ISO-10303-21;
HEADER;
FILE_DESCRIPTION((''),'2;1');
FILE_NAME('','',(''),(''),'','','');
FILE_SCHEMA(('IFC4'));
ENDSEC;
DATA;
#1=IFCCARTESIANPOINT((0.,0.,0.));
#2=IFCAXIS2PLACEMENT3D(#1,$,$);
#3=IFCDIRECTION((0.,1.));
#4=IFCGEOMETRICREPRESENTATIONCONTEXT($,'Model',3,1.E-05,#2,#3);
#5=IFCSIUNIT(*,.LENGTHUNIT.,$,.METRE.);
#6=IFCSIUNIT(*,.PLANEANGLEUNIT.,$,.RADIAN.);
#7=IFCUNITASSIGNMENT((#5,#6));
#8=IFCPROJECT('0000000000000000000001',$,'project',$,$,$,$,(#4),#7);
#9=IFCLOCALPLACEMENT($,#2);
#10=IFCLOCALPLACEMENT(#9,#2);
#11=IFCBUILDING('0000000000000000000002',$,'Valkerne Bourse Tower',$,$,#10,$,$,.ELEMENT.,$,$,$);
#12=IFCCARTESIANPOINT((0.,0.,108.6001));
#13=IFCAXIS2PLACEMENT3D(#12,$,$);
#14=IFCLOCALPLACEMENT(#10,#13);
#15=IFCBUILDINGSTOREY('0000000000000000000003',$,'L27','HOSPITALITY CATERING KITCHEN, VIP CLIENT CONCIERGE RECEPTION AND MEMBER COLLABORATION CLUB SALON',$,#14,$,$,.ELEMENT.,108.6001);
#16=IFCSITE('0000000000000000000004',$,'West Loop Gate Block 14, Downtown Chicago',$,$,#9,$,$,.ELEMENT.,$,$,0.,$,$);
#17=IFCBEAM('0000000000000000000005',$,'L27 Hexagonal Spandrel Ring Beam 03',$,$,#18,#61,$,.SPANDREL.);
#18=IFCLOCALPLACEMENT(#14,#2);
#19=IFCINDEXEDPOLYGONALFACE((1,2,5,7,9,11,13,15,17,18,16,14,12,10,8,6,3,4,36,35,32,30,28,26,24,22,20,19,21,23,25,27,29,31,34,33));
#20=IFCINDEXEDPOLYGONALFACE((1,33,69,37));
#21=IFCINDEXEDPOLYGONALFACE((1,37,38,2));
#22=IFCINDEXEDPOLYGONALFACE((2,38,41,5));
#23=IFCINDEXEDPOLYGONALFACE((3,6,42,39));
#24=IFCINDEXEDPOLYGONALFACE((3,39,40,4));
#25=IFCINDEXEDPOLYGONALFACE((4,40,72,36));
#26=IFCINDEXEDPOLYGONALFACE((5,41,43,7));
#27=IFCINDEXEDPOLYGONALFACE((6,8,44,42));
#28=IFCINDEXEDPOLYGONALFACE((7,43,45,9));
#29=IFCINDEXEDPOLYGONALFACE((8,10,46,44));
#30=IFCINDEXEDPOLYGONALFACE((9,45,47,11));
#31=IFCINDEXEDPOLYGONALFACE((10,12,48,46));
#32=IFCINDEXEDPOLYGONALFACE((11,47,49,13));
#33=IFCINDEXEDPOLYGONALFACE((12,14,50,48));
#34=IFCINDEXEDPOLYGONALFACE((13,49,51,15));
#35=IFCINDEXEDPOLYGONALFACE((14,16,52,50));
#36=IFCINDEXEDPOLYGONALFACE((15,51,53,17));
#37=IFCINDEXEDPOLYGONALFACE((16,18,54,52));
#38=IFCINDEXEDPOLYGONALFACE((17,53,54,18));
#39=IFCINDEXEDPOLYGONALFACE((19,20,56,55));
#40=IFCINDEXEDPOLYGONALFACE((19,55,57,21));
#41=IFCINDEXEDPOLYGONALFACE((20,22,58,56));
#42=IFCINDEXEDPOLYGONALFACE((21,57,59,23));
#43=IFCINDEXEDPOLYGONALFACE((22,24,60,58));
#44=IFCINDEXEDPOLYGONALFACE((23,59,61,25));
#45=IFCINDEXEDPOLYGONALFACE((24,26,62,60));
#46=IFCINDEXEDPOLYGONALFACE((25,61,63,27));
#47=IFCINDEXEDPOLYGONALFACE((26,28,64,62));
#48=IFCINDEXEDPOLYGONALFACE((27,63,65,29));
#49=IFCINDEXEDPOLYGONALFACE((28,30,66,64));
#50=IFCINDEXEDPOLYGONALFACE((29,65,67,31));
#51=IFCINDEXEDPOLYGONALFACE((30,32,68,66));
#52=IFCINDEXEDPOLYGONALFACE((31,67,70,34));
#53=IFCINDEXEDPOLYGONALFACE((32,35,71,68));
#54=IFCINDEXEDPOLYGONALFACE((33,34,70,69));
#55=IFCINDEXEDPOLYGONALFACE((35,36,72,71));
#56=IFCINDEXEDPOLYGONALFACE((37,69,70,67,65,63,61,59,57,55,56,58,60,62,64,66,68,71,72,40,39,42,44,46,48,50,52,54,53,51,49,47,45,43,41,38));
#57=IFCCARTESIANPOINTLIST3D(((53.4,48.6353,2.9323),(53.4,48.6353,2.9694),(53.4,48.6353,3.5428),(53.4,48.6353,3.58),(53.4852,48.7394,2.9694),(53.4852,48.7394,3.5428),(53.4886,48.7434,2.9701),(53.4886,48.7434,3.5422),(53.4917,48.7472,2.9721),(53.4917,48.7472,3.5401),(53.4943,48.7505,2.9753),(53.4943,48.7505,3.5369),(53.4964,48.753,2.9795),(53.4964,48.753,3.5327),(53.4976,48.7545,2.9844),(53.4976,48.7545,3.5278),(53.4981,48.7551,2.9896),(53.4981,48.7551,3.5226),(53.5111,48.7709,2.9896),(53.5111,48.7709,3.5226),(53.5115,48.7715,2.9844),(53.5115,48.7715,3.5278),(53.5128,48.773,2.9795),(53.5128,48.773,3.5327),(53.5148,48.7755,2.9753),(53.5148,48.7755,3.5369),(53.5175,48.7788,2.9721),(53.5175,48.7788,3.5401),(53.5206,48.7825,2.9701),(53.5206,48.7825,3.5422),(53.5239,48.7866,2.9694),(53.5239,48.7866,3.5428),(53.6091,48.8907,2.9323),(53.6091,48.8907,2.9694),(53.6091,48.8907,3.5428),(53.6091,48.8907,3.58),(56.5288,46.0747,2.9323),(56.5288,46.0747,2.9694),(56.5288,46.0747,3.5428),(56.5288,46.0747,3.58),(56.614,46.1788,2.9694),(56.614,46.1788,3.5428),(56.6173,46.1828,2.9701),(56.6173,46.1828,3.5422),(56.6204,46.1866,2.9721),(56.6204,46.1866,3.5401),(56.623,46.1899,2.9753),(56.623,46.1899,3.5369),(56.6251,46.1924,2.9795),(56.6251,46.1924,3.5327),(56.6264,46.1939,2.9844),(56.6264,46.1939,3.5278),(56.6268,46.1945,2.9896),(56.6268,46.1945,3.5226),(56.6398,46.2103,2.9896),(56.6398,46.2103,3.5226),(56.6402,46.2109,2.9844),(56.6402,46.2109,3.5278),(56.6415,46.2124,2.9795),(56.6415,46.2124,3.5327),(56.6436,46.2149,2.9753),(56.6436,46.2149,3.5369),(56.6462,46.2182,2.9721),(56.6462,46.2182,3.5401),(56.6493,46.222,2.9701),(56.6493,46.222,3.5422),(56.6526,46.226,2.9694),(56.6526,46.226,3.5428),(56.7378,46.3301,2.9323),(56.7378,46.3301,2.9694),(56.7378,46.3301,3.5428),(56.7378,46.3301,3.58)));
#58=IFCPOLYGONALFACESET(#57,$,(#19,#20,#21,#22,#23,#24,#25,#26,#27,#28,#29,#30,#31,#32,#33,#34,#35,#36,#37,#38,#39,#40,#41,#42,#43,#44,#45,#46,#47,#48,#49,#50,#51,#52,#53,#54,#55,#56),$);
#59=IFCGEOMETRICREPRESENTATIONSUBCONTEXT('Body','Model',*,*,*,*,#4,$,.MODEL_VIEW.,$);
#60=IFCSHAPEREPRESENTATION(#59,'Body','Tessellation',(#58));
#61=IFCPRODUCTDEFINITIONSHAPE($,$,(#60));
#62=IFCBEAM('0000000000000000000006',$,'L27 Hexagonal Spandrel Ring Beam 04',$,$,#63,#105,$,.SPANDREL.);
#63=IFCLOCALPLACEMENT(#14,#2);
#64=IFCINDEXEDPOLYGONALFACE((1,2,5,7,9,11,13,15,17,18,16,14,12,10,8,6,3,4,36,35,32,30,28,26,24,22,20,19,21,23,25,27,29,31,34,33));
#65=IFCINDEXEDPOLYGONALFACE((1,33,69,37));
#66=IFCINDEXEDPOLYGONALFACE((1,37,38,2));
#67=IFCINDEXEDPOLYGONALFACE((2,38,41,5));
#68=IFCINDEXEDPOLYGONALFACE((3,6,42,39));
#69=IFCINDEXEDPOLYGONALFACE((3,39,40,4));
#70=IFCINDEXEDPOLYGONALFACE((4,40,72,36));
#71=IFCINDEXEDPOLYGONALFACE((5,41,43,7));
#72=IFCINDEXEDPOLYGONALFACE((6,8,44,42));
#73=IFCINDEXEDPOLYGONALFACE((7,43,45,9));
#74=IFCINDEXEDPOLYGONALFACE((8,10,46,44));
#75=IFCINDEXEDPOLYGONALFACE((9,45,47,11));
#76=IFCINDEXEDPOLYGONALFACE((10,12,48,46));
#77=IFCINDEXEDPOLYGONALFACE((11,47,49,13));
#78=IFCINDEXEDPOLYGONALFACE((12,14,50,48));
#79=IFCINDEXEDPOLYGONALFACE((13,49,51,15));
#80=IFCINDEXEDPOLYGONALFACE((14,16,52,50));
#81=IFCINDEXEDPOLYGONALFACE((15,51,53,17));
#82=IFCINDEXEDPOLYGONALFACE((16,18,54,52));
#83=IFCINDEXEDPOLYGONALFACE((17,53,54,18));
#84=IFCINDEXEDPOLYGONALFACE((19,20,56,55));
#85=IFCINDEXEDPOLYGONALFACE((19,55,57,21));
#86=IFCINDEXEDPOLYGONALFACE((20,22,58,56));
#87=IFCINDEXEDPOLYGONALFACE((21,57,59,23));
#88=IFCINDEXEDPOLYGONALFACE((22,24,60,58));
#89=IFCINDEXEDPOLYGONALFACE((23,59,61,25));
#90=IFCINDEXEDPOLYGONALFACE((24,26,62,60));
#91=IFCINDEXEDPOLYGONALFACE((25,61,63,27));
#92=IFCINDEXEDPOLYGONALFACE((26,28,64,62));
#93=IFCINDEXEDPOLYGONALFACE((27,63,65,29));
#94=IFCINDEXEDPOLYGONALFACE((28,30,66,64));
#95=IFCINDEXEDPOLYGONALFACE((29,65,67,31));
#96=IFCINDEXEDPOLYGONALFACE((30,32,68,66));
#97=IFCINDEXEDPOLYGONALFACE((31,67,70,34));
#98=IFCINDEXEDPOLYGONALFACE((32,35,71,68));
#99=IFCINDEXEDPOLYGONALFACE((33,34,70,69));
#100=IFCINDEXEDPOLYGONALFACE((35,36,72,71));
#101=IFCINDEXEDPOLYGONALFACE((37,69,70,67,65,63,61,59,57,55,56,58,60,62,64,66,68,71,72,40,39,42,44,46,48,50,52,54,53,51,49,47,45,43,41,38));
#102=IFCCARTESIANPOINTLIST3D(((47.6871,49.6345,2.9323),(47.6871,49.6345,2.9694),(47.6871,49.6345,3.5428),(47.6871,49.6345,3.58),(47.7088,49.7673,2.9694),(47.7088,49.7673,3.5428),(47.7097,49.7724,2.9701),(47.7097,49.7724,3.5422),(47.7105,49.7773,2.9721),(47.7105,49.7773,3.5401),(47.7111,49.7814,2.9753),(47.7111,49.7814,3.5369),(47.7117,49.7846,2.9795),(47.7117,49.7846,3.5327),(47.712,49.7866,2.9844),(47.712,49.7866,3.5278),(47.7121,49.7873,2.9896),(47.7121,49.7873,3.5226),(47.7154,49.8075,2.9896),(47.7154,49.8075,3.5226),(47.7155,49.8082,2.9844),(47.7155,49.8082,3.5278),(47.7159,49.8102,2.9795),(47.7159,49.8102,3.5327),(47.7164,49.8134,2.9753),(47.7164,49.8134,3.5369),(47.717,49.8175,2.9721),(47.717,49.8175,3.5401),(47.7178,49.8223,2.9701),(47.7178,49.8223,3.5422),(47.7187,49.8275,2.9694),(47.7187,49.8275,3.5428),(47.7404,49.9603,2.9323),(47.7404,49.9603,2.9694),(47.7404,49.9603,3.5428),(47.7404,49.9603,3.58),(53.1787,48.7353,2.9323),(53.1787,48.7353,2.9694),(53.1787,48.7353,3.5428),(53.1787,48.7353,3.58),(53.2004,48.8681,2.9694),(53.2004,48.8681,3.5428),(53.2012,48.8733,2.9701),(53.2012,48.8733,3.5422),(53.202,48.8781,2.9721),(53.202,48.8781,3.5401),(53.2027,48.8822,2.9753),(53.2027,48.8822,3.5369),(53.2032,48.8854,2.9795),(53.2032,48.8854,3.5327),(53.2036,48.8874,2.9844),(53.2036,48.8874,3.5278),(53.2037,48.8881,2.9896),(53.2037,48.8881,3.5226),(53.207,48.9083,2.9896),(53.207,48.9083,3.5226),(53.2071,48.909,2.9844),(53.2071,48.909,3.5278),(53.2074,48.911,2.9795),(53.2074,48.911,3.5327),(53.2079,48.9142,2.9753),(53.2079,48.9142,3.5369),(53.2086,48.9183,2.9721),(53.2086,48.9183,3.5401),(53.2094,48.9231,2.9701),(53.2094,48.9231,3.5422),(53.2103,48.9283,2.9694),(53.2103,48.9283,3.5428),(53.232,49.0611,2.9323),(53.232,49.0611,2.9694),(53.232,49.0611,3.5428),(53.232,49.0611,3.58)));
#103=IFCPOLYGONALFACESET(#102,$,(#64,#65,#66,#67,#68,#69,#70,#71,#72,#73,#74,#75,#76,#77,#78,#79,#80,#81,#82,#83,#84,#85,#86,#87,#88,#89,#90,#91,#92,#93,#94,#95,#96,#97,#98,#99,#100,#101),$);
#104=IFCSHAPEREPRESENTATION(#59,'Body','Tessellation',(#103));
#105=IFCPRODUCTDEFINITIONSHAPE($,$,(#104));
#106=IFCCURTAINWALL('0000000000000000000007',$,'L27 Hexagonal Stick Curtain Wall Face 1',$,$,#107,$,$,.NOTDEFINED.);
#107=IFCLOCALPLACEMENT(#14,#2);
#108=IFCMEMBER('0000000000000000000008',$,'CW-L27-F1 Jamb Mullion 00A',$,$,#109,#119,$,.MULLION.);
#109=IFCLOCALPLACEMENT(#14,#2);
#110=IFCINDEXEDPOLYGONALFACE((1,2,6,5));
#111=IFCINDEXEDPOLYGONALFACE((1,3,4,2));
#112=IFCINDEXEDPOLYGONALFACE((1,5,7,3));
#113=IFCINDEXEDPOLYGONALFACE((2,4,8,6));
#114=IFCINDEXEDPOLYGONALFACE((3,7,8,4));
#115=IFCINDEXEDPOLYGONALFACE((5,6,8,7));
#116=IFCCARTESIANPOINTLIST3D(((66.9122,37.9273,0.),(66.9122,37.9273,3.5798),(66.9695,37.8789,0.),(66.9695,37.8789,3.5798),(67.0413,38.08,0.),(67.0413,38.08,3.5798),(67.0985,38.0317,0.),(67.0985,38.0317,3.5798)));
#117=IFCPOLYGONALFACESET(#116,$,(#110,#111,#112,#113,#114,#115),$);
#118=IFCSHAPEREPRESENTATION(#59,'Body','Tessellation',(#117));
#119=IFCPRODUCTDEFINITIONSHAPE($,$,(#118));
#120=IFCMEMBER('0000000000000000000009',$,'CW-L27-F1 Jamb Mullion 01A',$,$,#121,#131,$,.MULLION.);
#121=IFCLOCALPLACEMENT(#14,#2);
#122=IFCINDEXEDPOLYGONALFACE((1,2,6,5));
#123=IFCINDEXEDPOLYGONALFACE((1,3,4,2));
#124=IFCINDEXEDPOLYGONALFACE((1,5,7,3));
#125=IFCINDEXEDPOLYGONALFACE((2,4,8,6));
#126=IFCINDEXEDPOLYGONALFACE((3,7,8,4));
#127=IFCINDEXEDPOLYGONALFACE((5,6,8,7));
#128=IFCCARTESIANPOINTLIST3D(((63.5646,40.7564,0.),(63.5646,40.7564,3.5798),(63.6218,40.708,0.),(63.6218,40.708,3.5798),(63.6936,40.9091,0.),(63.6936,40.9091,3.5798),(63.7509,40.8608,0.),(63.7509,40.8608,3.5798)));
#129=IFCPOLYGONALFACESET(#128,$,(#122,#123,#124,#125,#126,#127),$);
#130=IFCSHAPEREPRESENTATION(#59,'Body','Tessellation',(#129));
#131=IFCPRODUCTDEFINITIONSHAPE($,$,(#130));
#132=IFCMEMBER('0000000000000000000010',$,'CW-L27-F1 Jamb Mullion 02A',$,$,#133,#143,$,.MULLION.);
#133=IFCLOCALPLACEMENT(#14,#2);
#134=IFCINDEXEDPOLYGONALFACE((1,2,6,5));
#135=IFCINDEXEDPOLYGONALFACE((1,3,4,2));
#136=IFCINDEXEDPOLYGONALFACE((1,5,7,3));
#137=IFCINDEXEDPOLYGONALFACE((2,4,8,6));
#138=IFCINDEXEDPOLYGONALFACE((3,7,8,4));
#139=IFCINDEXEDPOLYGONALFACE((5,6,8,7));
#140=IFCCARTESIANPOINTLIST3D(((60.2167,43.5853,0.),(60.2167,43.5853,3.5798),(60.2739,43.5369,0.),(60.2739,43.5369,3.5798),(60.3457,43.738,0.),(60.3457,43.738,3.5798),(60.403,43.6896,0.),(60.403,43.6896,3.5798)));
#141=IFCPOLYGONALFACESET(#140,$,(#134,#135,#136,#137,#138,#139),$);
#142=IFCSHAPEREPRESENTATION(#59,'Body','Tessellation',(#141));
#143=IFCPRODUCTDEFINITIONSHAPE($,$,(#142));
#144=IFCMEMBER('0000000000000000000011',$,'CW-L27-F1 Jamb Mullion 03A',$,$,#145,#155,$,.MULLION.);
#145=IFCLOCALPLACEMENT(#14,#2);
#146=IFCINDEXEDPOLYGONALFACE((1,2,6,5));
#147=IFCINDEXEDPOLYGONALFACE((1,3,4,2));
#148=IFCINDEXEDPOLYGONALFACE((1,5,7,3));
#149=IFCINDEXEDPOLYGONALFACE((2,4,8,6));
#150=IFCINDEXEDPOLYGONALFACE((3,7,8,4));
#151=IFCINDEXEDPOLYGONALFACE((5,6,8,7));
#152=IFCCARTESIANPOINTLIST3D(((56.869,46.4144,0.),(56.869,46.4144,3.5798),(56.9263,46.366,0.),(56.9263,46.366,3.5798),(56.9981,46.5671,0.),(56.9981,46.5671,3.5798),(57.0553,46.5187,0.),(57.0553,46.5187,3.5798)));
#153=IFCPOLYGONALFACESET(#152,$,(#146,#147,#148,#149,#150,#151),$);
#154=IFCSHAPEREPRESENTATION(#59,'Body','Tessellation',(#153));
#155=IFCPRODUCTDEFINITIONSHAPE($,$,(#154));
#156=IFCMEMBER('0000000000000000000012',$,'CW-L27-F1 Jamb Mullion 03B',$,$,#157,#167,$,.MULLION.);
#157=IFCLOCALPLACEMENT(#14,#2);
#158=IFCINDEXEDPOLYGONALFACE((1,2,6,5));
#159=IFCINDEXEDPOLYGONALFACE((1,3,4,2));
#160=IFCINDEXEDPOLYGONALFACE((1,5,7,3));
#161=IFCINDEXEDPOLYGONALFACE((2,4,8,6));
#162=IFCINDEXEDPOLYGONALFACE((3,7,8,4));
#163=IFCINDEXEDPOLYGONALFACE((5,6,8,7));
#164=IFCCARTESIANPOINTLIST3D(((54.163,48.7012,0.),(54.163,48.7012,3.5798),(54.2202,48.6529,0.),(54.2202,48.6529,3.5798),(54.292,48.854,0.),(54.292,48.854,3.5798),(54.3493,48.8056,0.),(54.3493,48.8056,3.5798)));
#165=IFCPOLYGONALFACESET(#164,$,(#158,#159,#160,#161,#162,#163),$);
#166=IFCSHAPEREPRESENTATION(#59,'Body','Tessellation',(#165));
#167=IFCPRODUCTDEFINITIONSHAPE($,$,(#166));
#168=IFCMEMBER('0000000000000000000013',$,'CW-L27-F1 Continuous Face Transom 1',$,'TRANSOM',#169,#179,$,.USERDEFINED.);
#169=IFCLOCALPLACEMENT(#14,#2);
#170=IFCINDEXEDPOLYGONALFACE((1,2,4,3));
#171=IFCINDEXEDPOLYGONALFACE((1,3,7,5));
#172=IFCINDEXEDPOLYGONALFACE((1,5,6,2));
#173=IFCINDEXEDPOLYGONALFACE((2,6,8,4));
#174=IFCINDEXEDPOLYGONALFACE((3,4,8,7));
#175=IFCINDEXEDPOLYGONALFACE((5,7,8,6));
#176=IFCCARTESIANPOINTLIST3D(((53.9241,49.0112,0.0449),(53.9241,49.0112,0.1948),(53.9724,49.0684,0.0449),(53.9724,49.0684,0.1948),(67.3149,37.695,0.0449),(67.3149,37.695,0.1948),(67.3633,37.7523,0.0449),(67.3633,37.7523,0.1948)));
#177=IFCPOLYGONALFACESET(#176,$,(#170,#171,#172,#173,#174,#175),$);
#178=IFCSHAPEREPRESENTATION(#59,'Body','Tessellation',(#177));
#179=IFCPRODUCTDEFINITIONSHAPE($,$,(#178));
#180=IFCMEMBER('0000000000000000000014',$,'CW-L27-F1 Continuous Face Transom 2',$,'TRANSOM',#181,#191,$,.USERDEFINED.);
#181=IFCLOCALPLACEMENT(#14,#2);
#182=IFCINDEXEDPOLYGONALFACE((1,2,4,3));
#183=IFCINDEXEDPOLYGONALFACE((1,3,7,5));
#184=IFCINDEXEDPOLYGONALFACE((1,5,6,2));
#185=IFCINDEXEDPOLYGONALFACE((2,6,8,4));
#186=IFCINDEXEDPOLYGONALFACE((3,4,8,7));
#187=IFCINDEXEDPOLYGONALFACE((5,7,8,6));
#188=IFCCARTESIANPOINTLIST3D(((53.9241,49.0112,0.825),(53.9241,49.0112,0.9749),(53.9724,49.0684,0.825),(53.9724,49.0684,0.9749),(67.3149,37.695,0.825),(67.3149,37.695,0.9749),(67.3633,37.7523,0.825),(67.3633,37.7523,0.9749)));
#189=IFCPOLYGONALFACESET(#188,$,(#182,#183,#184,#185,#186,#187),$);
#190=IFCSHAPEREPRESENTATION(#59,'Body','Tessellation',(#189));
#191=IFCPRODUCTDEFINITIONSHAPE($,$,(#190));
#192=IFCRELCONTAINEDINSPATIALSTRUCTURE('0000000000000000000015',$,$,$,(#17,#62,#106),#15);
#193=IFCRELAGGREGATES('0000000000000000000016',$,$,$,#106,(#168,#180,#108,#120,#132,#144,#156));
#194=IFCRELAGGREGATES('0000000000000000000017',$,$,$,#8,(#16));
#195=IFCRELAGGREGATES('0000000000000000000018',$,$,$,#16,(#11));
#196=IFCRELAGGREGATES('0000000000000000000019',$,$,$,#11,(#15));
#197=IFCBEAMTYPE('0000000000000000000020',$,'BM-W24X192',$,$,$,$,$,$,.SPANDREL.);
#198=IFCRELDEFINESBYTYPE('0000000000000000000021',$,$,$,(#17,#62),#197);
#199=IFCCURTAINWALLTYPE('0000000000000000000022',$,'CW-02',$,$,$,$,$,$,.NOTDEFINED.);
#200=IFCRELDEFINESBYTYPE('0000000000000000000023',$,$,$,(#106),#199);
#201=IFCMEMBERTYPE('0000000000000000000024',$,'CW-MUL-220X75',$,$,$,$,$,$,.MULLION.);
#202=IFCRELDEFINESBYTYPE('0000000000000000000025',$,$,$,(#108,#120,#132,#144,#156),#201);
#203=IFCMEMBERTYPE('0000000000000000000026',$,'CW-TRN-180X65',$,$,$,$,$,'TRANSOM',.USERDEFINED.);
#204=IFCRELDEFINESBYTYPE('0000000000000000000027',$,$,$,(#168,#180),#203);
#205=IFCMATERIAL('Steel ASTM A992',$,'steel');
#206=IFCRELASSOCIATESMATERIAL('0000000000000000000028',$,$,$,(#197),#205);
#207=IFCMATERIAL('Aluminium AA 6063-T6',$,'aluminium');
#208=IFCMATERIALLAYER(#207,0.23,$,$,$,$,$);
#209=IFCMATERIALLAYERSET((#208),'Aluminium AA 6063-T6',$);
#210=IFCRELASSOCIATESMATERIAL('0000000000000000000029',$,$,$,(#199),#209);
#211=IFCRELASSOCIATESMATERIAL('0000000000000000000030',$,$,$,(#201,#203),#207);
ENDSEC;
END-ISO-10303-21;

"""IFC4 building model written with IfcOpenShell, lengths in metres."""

from ifc_helpers import new_model, si_unit, direction, frame, origin, origin_2d, place, context, subcontext, project, spatial, rectangle, i_section, extrude, material, layer, layer_set, material_profile, profile_set, type_object, element, aggregate, save


model = new_model("IFC4")

# Units and contexts
model_context = context("Model", 3, precision=1e-05, world=origin(), true_north=direction((0.0, 1.0)))
body_context = subcontext(model_context, "Body", "Model", "MODEL_VIEW")
ifc_project = project(units=[si_unit("LENGTHUNIT", "METRE"), si_unit("PLANEANGLEUNIT", "RADIAN")], contexts=[model_context])

# Site, building, storey
site_placement = place(None, origin())
site = spatial("IfcSite", under=ifc_project, at=site_placement, Name="West Loop Gate Block 14, Downtown Chicago", CompositionType="ELEMENT", RefElevation=0.0)
building_placement = place(site_placement, origin())
building = spatial("IfcBuilding", under=site, at=building_placement, Name="Valkerne Bourse Tower", CompositionType="ELEMENT")
storey_placement = place(building_placement, frame((0.0, 0.0, 108.6001)))
storey = spatial("IfcBuildingStorey", under=building, at=storey_placement, Name="L27", Description="HOSPITALITY CATERING KITCHEN, VIP CLIENT CONCIERGE RECEPTION AND MEMBER COLLABORATION CLUB SALON", CompositionType="ELEMENT", Elevation=108.6001)

# Beams
ifc_material_1 = material(Name="Steel ASTM A992", Category="steel")
ifc_material_profile_1 = material_profile(ifc_material_1, i_section(OverallWidth=0.3301, OverallDepth=0.6477, WebThickness=0.0205, FlangeThickness=0.0371, FilletRadius=0.0203, at=origin_2d()), Name="W24X192")
ifc_profile_set_1 = profile_set([ifc_material_profile_1], Name="Steel ASTM A992")
beam_type = type_object("IfcBeamType", Name="BM-W24X192", PredefinedType="SPANDREL", material=ifc_profile_set_1)
beam_1_placement = place(storey_placement, frame((56.6333, 46.2024, 3.2561), z_axis=(-0.773869, 0.633346, 0.0), x_axis=(-0.633346, -0.773869, 0.0)))
element("IfcBeam", 1, at=beam_1_placement, inside=storey, type_object=beam_type, Name="L27 Hexagonal Spandrel Ring Beam 03", PredefinedType="SPANDREL", context=body_context, shape_type="SweptSolid", body=[
    extrude(i_section(OverallWidth=0.3301, OverallDepth=0.6477, WebThickness=0.0205, FlangeThickness=0.0371, FilletRadius=0.0203, at=origin_2d()), origin(), (0.0, 0.0, 1.0), 4.043),
])
beam_2_placement = place(storey_placement, frame((53.2053, 48.8982, 3.2561), z_axis=(-0.986858, 0.161588, 0.0), x_axis=(-0.161588, -0.986858, 0.0)))
element("IfcBeam", 2, at=beam_2_placement, inside=storey, type_object=beam_type, Name="L27 Hexagonal Spandrel Ring Beam 04", PredefinedType="SPANDREL", context=body_context, shape_type="SweptSolid", body=[
    extrude(i_section(OverallWidth=0.3301, OverallDepth=0.6477, WebThickness=0.0205, FlangeThickness=0.0371, FilletRadius=0.0203, at=origin_2d()), origin(), (0.0, 0.0, 1.0), 5.5647),
])

# Curtain wall, members
ifc_material_2 = material(Name="Aluminium AA 6063-T6", Category="aluminium")
ifc_layer_1 = layer(ifc_material_2, 0.23)
ifc_layer_set_1 = layer_set([ifc_layer_1], Name="Aluminium AA 6063-T6")
curtain_wall_type = type_object("IfcCurtainWallType", Name="CW-02", PredefinedType="NOTDEFINED", material=ifc_layer_set_1)
curtain_wall_placement = place(storey_placement, origin())
curtain_wall = element("IfcCurtainWall", 3, at=curtain_wall_placement, inside=storey, type_object=curtain_wall_type, Name="L27 Hexagonal Stick Curtain Wall Face 1", PredefinedType="NOTDEFINED")
ifc_material_profile_2 = material_profile(ifc_material_2, rectangle(XDim=0.075, YDim=0.2, at=origin_2d()), Name="CWM-75X200")
ifc_profile_set_2 = profile_set([ifc_material_profile_2], Name="Aluminium AA 6063-T6")
member_type_1 = type_object("IfcMemberType", Name="CW-MUL-220X75", PredefinedType="MULLION", material=ifc_profile_set_2)
member_1_placement = place(storey_placement, frame((67.0054, 37.9795, 0.0), z_axis=(0.0, 0.0, 1.0), x_axis=(-0.763797, 0.645456, 0.0)))
member_1 = element("IfcMember", 4, at=member_1_placement, type_object=member_type_1, Name="CW-L27-F1 Jamb Mullion 00A", PredefinedType="MULLION", context=body_context, shape_type="SweptSolid", body=[
    extrude(rectangle(XDim=0.075, YDim=0.2, at=origin_2d()), origin(), (0.0, 0.0, 1.0), 3.5798),
])
member_2_placement = place(storey_placement, frame((63.6577, 40.8086, 0.0), z_axis=(0.0, 0.0, 1.0), x_axis=(-0.763799, 0.645454, 0.0)))
member_2 = element("IfcMember", 5, at=member_2_placement, type_object=member_type_1, Name="CW-L27-F1 Jamb Mullion 01A", PredefinedType="MULLION", context=body_context, shape_type="SweptSolid", body=[
    extrude(rectangle(XDim=0.075, YDim=0.2, at=origin_2d()), origin(), (0.0, 0.0, 1.0), 3.5798),
])
member_3_placement = place(storey_placement, frame((60.3098, 43.6375, 0.0), z_axis=(0.0, 0.0, 1.0), x_axis=(-0.763788, 0.645468, 0.0)))
member_3 = element("IfcMember", 6, at=member_3_placement, type_object=member_type_1, Name="CW-L27-F1 Jamb Mullion 02A", PredefinedType="MULLION", context=body_context, shape_type="SweptSolid", body=[
    extrude(rectangle(XDim=0.075, YDim=0.2, at=origin_2d()), origin(), (0.0, 0.0, 1.0), 3.5798),
])
member_4_placement = place(storey_placement, frame((56.9622, 46.4666, 0.0), z_axis=(0.0, 0.0, 1.0), x_axis=(-0.763799, 0.645454, 0.0)))
member_4 = element("IfcMember", 7, at=member_4_placement, type_object=member_type_1, Name="CW-L27-F1 Jamb Mullion 03A", PredefinedType="MULLION", context=body_context, shape_type="SweptSolid", body=[
    extrude(rectangle(XDim=0.075, YDim=0.2, at=origin_2d()), origin(), (0.0, 0.0, 1.0), 3.5798),
])
member_5_placement = place(storey_placement, frame((54.2561, 48.7534, 0.0), z_axis=(0.0, 0.0, 1.0), x_axis=(-0.763799, 0.645454, 0.0)))
member_5 = element("IfcMember", 8, at=member_5_placement, type_object=member_type_1, Name="CW-L27-F1 Jamb Mullion 03B", PredefinedType="MULLION", context=body_context, shape_type="SweptSolid", body=[
    extrude(rectangle(XDim=0.075, YDim=0.2, at=origin_2d()), origin(), (0.0, 0.0, 1.0), 3.5798),
])
ifc_material_profile_3 = material_profile(ifc_material_2, rectangle(XDim=0.075, YDim=0.1499, at=origin_2d()), Name="CWT-75X150")
ifc_profile_set_3 = profile_set([ifc_material_profile_3], Name="Aluminium AA 6063-T6")
member_type_2 = type_object("IfcMemberType", Name="CW-TRN-180X65", ElementType="TRANSOM", PredefinedType="USERDEFINED", material=ifc_profile_set_3)
member_6_placement = place(storey_placement, frame((67.3391, 37.7236, 0.1199), z_axis=(-0.763796, 0.645458, 0.0), x_axis=(-0.645458, -0.763796, 0.0)))
member_6 = element("IfcMember", 9, at=member_6_placement, type_object=member_type_2, Name="CW-L27-F1 Continuous Face Transom 1", ObjectType="TRANSOM", PredefinedType="USERDEFINED", context=body_context, shape_type="SweptSolid", body=[
    extrude(rectangle(XDim=0.075, YDim=0.1499, at=origin_2d()), origin(), (0.0, 0.0, 1.0), 17.532),
])
member_7_placement = place(storey_placement, frame((67.3391, 37.7236, 0.8999), z_axis=(-0.763796, 0.645458, 0.0), x_axis=(-0.645458, -0.763796, 0.0)))
member_7 = element("IfcMember", 10, at=member_7_placement, type_object=member_type_2, Name="CW-L27-F1 Continuous Face Transom 2", ObjectType="TRANSOM", PredefinedType="USERDEFINED", context=body_context, shape_type="SweptSolid", body=[
    extrude(rectangle(XDim=0.075, YDim=0.1499, at=origin_2d()), origin(), (0.0, 0.0, 1.0), 17.532),
])

aggregate(curtain_wall, [member_6, member_7, member_1, member_2, member_3, member_4, member_5])

save(model, "model.ifc")
